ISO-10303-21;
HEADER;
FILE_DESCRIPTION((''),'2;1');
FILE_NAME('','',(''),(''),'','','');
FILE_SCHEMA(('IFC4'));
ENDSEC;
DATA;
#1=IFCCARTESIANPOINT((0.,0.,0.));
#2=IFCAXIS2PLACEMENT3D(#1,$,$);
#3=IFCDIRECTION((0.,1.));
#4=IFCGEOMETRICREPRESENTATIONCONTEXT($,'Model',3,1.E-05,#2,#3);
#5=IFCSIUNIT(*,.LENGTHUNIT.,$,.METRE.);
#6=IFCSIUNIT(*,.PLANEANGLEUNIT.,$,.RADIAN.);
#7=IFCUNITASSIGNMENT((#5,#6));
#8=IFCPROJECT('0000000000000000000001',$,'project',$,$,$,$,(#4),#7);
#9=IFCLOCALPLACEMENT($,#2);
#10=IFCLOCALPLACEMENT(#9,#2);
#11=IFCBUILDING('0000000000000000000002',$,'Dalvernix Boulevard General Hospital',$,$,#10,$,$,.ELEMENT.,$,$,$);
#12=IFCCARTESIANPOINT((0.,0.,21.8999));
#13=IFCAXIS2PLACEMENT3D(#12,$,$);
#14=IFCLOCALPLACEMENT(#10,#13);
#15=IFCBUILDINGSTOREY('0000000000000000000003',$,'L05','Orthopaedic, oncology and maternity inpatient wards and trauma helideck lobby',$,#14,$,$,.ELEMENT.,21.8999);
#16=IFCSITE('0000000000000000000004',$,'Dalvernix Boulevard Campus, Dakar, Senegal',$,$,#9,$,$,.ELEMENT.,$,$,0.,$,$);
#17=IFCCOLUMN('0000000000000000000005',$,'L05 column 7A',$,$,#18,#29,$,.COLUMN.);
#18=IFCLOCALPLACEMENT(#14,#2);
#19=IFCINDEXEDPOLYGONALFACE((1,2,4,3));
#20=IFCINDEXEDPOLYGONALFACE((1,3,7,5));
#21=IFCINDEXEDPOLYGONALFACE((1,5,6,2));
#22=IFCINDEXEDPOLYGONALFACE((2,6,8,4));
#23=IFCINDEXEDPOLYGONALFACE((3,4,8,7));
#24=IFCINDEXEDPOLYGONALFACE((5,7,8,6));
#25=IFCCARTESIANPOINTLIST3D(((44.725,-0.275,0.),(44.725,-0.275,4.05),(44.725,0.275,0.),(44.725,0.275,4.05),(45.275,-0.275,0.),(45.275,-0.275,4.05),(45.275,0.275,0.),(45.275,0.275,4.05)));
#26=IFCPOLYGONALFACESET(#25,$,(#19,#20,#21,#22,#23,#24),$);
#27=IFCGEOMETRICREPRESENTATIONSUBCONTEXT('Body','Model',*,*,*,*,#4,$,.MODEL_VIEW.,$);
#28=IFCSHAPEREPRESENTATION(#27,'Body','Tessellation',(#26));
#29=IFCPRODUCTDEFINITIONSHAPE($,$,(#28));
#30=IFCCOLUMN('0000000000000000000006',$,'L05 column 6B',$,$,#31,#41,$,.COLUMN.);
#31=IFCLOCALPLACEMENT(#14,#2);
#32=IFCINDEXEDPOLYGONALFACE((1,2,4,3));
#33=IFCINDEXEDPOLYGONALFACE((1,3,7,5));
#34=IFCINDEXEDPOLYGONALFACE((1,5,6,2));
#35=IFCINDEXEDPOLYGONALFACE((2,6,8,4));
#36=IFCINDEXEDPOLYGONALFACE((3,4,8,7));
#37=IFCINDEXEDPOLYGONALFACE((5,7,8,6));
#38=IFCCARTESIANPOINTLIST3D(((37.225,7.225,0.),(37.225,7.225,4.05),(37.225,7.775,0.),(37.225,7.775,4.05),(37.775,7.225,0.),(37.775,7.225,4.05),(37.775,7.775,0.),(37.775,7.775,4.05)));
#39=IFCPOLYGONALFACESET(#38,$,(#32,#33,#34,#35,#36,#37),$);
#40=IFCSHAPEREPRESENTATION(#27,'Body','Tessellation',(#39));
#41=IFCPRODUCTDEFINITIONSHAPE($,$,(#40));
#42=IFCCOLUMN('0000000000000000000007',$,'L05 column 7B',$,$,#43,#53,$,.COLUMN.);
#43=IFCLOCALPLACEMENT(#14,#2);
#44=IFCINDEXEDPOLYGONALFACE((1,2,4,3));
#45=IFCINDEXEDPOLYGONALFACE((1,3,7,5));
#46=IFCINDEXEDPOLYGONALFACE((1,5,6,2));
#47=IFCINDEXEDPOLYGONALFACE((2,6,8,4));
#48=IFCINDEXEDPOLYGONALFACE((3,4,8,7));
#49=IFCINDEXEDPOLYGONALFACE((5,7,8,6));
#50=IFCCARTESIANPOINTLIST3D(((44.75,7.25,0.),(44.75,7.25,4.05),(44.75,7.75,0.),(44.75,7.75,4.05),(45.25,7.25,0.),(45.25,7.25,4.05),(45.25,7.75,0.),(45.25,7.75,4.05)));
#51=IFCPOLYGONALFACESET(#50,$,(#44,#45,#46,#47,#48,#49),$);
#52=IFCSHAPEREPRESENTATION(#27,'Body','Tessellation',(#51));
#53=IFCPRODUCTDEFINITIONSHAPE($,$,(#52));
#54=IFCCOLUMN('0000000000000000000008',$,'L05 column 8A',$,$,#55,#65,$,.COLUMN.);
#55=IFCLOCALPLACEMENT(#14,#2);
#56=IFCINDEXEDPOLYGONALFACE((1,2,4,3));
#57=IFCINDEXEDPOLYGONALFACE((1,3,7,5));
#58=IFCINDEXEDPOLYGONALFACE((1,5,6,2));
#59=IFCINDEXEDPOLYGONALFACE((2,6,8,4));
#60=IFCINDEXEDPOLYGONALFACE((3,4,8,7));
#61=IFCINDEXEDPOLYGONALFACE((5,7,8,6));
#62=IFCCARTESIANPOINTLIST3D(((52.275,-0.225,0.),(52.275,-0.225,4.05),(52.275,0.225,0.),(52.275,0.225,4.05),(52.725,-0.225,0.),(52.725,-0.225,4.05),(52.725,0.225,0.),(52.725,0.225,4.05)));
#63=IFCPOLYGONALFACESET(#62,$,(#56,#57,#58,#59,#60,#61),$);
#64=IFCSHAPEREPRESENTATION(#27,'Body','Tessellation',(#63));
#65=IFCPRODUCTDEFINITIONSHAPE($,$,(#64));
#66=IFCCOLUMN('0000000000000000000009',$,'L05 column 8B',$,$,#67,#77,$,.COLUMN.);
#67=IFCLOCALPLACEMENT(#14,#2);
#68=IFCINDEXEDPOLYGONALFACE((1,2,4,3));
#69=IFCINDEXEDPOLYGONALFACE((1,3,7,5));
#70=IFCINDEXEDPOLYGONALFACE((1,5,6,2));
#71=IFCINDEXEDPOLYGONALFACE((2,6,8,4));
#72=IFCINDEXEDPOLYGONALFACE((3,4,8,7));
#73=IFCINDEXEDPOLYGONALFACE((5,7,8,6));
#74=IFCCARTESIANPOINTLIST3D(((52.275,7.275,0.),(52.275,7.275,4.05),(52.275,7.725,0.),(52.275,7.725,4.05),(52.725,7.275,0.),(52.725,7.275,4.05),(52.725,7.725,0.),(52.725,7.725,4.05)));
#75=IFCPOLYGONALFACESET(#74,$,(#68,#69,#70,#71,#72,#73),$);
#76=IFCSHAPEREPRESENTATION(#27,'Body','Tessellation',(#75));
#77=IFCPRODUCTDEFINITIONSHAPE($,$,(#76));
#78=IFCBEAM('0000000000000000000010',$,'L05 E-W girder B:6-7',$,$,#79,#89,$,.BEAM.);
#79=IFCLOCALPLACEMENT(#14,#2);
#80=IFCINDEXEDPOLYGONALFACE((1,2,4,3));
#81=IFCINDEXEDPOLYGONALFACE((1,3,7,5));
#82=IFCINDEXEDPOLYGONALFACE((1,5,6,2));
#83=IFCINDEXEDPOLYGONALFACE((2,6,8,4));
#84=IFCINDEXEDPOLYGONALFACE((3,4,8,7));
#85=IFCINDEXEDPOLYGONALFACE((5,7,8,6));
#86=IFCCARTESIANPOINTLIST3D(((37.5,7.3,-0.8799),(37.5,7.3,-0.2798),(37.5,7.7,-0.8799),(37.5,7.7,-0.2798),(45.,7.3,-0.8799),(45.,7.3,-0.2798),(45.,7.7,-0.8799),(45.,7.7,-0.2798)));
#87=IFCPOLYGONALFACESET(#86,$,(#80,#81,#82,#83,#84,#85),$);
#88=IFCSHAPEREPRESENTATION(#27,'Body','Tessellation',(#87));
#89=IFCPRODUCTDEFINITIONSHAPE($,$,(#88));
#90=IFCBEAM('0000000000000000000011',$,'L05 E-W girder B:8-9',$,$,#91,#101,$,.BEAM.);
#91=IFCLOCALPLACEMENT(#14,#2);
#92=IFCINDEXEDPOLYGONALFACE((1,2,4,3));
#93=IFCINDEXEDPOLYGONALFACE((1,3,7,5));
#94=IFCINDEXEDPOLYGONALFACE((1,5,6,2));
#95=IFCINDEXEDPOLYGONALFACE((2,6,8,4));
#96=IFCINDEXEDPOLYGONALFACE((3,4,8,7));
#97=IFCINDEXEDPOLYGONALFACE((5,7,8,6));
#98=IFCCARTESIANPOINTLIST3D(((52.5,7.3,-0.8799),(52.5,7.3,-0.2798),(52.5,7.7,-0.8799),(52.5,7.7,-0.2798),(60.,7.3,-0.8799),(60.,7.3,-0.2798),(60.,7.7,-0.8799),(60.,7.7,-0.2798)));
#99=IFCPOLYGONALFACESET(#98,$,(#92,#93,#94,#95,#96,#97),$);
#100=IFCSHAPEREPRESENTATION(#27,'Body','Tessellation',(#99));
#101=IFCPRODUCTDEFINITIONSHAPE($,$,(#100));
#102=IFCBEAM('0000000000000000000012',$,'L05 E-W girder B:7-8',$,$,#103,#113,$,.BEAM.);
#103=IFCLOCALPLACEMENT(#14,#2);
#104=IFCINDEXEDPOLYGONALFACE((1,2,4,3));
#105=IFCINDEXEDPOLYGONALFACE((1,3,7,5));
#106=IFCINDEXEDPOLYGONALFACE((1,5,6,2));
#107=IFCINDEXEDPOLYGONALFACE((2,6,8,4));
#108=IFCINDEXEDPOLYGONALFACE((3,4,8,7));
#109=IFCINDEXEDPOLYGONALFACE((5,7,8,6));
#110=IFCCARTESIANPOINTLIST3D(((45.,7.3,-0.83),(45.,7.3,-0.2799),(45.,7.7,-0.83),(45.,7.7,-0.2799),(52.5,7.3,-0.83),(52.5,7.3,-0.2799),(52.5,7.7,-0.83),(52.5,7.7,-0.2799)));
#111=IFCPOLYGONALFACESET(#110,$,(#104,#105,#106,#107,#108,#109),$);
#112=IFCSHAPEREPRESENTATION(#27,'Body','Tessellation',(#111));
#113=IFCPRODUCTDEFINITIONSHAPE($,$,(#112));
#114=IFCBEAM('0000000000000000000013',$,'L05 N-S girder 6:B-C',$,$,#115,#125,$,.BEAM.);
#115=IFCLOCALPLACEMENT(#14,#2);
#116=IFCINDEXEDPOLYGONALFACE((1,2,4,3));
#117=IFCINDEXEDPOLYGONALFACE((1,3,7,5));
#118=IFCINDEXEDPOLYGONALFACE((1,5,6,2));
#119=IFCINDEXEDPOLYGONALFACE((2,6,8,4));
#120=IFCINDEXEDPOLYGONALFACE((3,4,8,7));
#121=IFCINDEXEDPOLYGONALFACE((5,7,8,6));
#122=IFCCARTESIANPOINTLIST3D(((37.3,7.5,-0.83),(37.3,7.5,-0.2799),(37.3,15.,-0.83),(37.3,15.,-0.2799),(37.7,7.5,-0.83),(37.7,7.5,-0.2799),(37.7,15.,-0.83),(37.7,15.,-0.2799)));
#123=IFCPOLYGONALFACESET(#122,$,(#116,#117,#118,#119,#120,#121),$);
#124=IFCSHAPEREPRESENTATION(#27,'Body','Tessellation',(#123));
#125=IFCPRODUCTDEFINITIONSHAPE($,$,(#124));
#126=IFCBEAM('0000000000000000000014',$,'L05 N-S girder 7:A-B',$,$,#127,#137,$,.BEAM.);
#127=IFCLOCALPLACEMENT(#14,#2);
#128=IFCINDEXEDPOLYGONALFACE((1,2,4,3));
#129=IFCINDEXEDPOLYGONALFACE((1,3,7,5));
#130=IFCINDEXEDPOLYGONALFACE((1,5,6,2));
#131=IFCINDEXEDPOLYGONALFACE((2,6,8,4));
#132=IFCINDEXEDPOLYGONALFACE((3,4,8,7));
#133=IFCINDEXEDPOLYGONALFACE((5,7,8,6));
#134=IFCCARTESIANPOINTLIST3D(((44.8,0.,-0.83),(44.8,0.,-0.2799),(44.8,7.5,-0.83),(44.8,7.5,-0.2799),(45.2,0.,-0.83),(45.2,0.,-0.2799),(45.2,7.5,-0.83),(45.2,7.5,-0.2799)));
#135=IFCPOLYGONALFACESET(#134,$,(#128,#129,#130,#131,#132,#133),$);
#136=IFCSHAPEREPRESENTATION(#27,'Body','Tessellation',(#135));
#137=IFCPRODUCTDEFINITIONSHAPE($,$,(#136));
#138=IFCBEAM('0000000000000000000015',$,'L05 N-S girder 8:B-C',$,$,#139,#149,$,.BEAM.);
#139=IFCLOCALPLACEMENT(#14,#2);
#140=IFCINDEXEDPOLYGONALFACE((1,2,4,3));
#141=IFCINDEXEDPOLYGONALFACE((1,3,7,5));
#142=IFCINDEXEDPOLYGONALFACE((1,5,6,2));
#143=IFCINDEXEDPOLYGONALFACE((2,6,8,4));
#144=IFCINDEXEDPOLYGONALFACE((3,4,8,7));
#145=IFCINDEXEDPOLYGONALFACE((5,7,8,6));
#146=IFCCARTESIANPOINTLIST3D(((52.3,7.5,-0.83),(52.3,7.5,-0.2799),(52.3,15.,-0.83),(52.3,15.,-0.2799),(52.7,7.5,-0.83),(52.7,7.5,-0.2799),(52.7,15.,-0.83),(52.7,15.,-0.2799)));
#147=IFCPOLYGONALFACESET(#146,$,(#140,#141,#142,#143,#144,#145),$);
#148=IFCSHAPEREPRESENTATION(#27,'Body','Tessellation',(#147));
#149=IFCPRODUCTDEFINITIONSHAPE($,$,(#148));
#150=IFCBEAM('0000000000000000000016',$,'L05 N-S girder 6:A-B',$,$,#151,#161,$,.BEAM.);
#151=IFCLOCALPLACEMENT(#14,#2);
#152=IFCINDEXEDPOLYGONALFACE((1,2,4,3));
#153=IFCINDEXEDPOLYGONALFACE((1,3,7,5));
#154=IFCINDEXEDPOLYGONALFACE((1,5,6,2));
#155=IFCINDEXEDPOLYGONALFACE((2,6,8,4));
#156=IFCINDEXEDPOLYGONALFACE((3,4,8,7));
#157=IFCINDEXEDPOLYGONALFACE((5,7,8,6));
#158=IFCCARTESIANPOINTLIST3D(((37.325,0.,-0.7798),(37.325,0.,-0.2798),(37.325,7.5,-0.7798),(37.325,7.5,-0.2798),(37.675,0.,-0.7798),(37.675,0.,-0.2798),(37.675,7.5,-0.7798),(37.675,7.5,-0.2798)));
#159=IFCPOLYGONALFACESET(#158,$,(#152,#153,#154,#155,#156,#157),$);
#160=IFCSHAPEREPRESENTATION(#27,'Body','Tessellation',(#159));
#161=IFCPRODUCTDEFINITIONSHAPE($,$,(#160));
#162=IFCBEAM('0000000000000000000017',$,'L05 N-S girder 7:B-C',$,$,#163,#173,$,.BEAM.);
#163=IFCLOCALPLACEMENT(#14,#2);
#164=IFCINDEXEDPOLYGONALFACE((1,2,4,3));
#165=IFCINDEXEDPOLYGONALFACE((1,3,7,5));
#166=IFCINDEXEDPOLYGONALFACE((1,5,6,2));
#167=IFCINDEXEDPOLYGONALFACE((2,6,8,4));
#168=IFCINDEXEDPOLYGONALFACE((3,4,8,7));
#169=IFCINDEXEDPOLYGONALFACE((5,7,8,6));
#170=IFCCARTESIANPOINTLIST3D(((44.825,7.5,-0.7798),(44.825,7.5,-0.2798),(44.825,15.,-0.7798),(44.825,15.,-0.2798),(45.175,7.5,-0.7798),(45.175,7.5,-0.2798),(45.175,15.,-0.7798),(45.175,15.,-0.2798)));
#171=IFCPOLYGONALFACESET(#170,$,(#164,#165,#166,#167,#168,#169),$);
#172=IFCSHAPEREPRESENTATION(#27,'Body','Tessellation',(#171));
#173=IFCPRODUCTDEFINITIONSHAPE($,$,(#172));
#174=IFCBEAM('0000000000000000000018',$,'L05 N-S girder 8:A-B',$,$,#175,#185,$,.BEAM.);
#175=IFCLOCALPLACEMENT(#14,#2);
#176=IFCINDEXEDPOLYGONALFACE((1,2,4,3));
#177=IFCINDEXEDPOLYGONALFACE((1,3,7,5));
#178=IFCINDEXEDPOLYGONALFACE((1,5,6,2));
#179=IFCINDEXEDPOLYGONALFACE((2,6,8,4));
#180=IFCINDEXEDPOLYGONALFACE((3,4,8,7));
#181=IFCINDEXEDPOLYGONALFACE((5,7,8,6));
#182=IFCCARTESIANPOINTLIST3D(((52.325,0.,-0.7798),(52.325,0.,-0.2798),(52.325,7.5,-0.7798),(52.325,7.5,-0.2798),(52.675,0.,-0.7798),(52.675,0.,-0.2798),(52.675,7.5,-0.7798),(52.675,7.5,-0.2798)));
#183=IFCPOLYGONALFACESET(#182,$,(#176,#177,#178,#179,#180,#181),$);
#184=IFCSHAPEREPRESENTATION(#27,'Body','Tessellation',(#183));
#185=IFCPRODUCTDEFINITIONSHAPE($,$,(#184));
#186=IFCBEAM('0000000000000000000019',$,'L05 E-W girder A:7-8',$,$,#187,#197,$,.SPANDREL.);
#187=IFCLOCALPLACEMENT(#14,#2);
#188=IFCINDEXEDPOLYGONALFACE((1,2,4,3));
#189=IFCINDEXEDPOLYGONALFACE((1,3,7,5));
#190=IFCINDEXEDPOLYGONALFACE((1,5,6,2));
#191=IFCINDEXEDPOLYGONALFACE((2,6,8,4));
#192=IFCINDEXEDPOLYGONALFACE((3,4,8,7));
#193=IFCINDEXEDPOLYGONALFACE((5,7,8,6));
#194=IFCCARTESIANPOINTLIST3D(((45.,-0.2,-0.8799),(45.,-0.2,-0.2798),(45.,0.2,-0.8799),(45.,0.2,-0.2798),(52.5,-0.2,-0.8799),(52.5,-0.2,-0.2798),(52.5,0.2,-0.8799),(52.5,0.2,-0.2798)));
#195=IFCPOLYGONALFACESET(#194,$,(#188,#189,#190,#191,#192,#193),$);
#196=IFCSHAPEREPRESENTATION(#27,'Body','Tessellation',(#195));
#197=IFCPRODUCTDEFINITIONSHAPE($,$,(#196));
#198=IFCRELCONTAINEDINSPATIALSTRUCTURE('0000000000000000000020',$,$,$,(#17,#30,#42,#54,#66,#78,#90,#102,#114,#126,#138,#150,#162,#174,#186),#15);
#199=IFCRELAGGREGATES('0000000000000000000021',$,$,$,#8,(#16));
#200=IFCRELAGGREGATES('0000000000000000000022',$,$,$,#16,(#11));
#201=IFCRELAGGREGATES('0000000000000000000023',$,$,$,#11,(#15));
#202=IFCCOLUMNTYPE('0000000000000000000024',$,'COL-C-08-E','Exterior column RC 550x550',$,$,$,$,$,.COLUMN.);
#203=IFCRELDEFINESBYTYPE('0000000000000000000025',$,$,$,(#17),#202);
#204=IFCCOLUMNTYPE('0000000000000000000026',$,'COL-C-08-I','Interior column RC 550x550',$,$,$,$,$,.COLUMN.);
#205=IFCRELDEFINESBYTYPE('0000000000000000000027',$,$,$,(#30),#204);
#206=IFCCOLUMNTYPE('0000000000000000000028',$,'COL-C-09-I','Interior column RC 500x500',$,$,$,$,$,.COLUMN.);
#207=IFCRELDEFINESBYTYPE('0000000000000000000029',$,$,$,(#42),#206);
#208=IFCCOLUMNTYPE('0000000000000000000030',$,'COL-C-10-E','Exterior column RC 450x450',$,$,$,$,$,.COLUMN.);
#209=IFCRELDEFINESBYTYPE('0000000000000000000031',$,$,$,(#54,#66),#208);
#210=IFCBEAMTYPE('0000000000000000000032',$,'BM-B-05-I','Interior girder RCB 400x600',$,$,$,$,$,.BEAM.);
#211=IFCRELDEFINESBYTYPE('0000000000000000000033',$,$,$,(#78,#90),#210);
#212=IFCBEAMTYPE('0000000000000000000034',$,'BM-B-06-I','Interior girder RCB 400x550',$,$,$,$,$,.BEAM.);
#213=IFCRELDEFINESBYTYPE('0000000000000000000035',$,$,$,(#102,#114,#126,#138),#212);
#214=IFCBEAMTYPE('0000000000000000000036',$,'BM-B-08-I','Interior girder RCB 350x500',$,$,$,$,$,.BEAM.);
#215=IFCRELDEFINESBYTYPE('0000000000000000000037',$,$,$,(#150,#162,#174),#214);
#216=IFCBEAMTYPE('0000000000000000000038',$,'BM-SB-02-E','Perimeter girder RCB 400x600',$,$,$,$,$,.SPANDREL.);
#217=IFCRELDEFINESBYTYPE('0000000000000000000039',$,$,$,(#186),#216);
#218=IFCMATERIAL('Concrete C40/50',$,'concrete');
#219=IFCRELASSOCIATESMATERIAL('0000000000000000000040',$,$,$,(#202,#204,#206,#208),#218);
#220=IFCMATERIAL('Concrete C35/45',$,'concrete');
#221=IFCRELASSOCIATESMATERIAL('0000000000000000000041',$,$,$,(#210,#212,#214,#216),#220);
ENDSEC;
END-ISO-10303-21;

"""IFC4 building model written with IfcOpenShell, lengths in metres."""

from ifc_helpers import new_model, si_unit, direction, frame, origin, origin_2d, place, context, subcontext, project, spatial, rectangle, extrude, material, material_profile, profile_set, type_object, element, save


model = new_model("IFC4")

# Units and contexts
model_context = context("Model", 3, precision=1e-05, world=origin(), true_north=direction((0.0, 1.0)))
body_context = subcontext(model_context, "Body", "Model", "MODEL_VIEW")
ifc_project = project(units=[si_unit("LENGTHUNIT", "METRE"), si_unit("PLANEANGLEUNIT", "RADIAN")], contexts=[model_context])

# Site, building, storey
site_placement = place(None, origin())
site = spatial("IfcSite", under=ifc_project, at=site_placement, Name="Dalvernix Boulevard Campus, Dakar, Senegal", CompositionType="ELEMENT", RefElevation=0.0)
building_placement = place(site_placement, origin())
building = spatial("IfcBuilding", under=site, at=building_placement, Name="Dalvernix Boulevard General Hospital", CompositionType="ELEMENT")
storey_placement = place(building_placement, frame((0.0, 0.0, 21.8999)))
storey = spatial("IfcBuildingStorey", under=building, at=storey_placement, Name="L05", Description="Orthopaedic, oncology and maternity inpatient wards and trauma helideck lobby", CompositionType="ELEMENT", Elevation=21.8999)

# Columns
ifc_material_1 = material(Name="Concrete C40/50", Category="concrete")
ifc_material_profile_1 = material_profile(ifc_material_1, rectangle(XDim=0.55, YDim=0.55, at=origin_2d()), Name="RC 550x550")
ifc_profile_set_1 = profile_set([ifc_material_profile_1], Name="Concrete C40/50")
column_type_1 = type_object("IfcColumnType", Name="COL-C-08-E", Description="Exterior column RC 550x550", PredefinedType="COLUMN", material=ifc_profile_set_1)
column_1_placement = place(storey_placement, frame((45.0, 0.0, 0.0), z_axis=(0.0, 0.0, 1.0), x_axis=(1.0, 0.0, 0.0)))
element("IfcColumn", 1, at=column_1_placement, inside=storey, type_object=column_type_1, Name="L05 column 7A", PredefinedType="COLUMN", context=body_context, shape_type="SweptSolid", body=[
    extrude(rectangle(XDim=0.55, YDim=0.55, at=origin_2d()), origin(), (0.0, 0.0, 1.0), 4.05),
])
ifc_material_profile_2 = material_profile(ifc_material_1, rectangle(XDim=0.55, YDim=0.55, at=origin_2d()), Name="RC 550x550")
ifc_profile_set_2 = profile_set([ifc_material_profile_2], Name="Concrete C40/50")
column_type_2 = type_object("IfcColumnType", Name="COL-C-08-I", Description="Interior column RC 550x550", PredefinedType="COLUMN", material=ifc_profile_set_2)
column_2_placement = place(storey_placement, frame((37.5, 7.5, 0.0), z_axis=(0.0, 0.0, 1.0), x_axis=(1.0, 0.0, 0.0)))
element("IfcColumn", 2, at=column_2_placement, inside=storey, type_object=column_type_2, Name="L05 column 6B", PredefinedType="COLUMN", context=body_context, shape_type="SweptSolid", body=[
    extrude(rectangle(XDim=0.55, YDim=0.55, at=origin_2d()), origin(), (0.0, 0.0, 1.0), 4.05),
])
ifc_material_profile_3 = material_profile(ifc_material_1, rectangle(XDim=0.5, YDim=0.5, at=origin_2d()), Name="RC 500x500")
ifc_profile_set_3 = profile_set([ifc_material_profile_3], Name="Concrete C40/50")
column_type_3 = type_object("IfcColumnType", Name="COL-C-09-I", Description="Interior column RC 500x500", PredefinedType="COLUMN", material=ifc_profile_set_3)
column_3_placement = place(storey_placement, frame((45.0, 7.5, 0.0), z_axis=(0.0, 0.0, 1.0), x_axis=(1.0, 0.0, 0.0)))
element("IfcColumn", 3, at=column_3_placement, inside=storey, type_object=column_type_3, Name="L05 column 7B", PredefinedType="COLUMN", context=body_context, shape_type="SweptSolid", body=[
    extrude(rectangle(XDim=0.5, YDim=0.5, at=origin_2d()), origin(), (0.0, 0.0, 1.0), 4.05),
])
ifc_material_profile_4 = material_profile(ifc_material_1, rectangle(XDim=0.45, YDim=0.45, at=origin_2d()), Name="RC 450x450")
ifc_profile_set_4 = profile_set([ifc_material_profile_4], Name="Concrete C40/50")
column_type_4 = type_object("IfcColumnType", Name="COL-C-10-E", Description="Exterior column RC 450x450", PredefinedType="COLUMN", material=ifc_profile_set_4)
for number, where, z_axis, x_axis, name in (
    (4, (52.5, 0.0, 0.0), (0.0, 0.0, 1.0), (1.0, 0.0, 0.0), "L05 column 8A"),
    (5, (52.5, 7.5, 0.0), (0.0, 0.0, 1.0), (1.0, 0.0, 0.0), "L05 column 8B"),
):
    element("IfcColumn", number, at=place(storey_placement, frame(where, z_axis=z_axis, x_axis=x_axis)), inside=storey, type_object=column_type_4, Name=name, PredefinedType="COLUMN", context=body_context, shape_type="SweptSolid", body=[
        extrude(rectangle(XDim=0.45, YDim=0.45, at=origin_2d()), origin(), (0.0, 0.0, 1.0), 4.05),
    ])

# Beams
ifc_material_2 = material(Name="Concrete C35/45", Category="concrete")
ifc_material_profile_5 = material_profile(ifc_material_2, rectangle(XDim=0.3999, YDim=0.6001, at=origin_2d()), Name="RCB 400x600")
ifc_profile_set_5 = profile_set([ifc_material_profile_5], Name="Concrete C35/45")
beam_type_1 = type_object("IfcBeamType", Name="BM-B-05-I", Description="Interior girder RCB 400x600", PredefinedType="BEAM", material=ifc_profile_set_5)
for number, where, z_axis, x_axis, name in (
    (6, (37.5, 7.5, -0.5798), (1.0, 0.0, 0.0), (0.0, 1.0, 0.0), "L05 E-W girder B:6-7"),
    (7, (52.5, 7.5, -0.5798), (1.0, 0.0, 0.0), (0.0, 1.0, 0.0), "L05 E-W girder B:8-9"),
):
    element("IfcBeam", number, at=place(storey_placement, frame(where, z_axis=z_axis, x_axis=x_axis)), inside=storey, type_object=beam_type_1, Name=name, PredefinedType="BEAM", context=body_context, shape_type="SweptSolid", body=[
        extrude(rectangle(XDim=0.3999, YDim=0.6001, at=origin_2d()), origin(), (0.0, 0.0, 1.0), 7.5),
    ])
ifc_material_profile_6 = material_profile(ifc_material_2, rectangle(XDim=0.3999, YDim=0.55, at=origin_2d()), Name="RCB 400x550")
ifc_profile_set_6 = profile_set([ifc_material_profile_6], Name="Concrete C35/45")
beam_type_2 = type_object("IfcBeamType", Name="BM-B-06-I", Description="Interior girder RCB 400x550", PredefinedType="BEAM", material=ifc_profile_set_6)
for number, where, z_axis, x_axis, name in (
    (8, (45.0, 7.5, -0.5549), (1.0, 0.0, 0.0), (0.0, 1.0, 0.0), "L05 E-W girder B:7-8"),
    (9, (37.5, 7.5, -0.5549), (0.0, 1.0, 0.0), (-1.0, 0.0, 0.0), "L05 N-S girder 6:B-C"),
    (10, (45.0, 0.0, -0.5549), (0.0, 1.0, 0.0), (-1.0, 0.0, 0.0), "L05 N-S girder 7:A-B"),
    (11, (52.5, 7.5, -0.5549), (0.0, 1.0, 0.0), (-1.0, 0.0, 0.0), "L05 N-S girder 8:B-C"),
):
    element("IfcBeam", number, at=place(storey_placement, frame(where, z_axis=z_axis, x_axis=x_axis)), inside=storey, type_object=beam_type_2, Name=name, PredefinedType="BEAM", context=body_context, shape_type="SweptSolid", body=[
        extrude(rectangle(XDim=0.3999, YDim=0.55, at=origin_2d()), origin(), (0.0, 0.0, 1.0), 7.5),
    ])
ifc_material_profile_7 = material_profile(ifc_material_2, rectangle(XDim=0.3501, YDim=0.5, at=origin_2d()), Name="RCB 350x500")
ifc_profile_set_7 = profile_set([ifc_material_profile_7], Name="Concrete C35/45")
beam_type_3 = type_object("IfcBeamType", Name="BM-B-08-I", Description="Interior girder RCB 350x500", PredefinedType="BEAM", material=ifc_profile_set_7)
for number, where, z_axis, x_axis, name in (
    (12, (37.5, 0.0, -0.5298), (0.0, 1.0, 0.0), (-1.0, 0.0, 0.0), "L05 N-S girder 6:A-B"),
    (13, (45.0, 7.5, -0.5298), (0.0, 1.0, 0.0), (-1.0, 0.0, 0.0), "L05 N-S girder 7:B-C"),
    (14, (52.5, 0.0, -0.5298), (0.0, 1.0, 0.0), (-1.0, 0.0, 0.0), "L05 N-S girder 8:A-B"),
):
    element("IfcBeam", number, at=place(storey_placement, frame(where, z_axis=z_axis, x_axis=x_axis)), inside=storey, type_object=beam_type_3, Name=name, PredefinedType="BEAM", context=body_context, shape_type="SweptSolid", body=[
        extrude(rectangle(XDim=0.3501, YDim=0.5, at=origin_2d()), origin(), (0.0, 0.0, 1.0), 7.5),
    ])
ifc_material_profile_8 = material_profile(ifc_material_2, rectangle(XDim=0.3999, YDim=0.6001, at=origin_2d()), Name="RCB 400x600")
ifc_profile_set_8 = profile_set([ifc_material_profile_8], Name="Concrete C35/45")
beam_type_4 = type_object("IfcBeamType", Name="BM-SB-02-E", Description="Perimeter girder RCB 400x600", PredefinedType="SPANDREL", material=ifc_profile_set_8)
for number, where, z_axis, x_axis, name in (
    (15, (45.0, 0.0, -0.5798), (1.0, 0.0, 0.0), (0.0, 1.0, 0.0), "L05 E-W girder A:7-8"),
):
    element("IfcBeam", number, at=place(storey_placement, frame(where, z_axis=z_axis, x_axis=x_axis)), inside=storey, type_object=beam_type_4, Name=name, PredefinedType="SPANDREL", context=body_context, shape_type="SweptSolid", body=[
        extrude(rectangle(XDim=0.3999, YDim=0.6001, at=origin_2d()), origin(), (0.0, 0.0, 1.0), 7.5),
    ])

save(model, "model.ifc")
